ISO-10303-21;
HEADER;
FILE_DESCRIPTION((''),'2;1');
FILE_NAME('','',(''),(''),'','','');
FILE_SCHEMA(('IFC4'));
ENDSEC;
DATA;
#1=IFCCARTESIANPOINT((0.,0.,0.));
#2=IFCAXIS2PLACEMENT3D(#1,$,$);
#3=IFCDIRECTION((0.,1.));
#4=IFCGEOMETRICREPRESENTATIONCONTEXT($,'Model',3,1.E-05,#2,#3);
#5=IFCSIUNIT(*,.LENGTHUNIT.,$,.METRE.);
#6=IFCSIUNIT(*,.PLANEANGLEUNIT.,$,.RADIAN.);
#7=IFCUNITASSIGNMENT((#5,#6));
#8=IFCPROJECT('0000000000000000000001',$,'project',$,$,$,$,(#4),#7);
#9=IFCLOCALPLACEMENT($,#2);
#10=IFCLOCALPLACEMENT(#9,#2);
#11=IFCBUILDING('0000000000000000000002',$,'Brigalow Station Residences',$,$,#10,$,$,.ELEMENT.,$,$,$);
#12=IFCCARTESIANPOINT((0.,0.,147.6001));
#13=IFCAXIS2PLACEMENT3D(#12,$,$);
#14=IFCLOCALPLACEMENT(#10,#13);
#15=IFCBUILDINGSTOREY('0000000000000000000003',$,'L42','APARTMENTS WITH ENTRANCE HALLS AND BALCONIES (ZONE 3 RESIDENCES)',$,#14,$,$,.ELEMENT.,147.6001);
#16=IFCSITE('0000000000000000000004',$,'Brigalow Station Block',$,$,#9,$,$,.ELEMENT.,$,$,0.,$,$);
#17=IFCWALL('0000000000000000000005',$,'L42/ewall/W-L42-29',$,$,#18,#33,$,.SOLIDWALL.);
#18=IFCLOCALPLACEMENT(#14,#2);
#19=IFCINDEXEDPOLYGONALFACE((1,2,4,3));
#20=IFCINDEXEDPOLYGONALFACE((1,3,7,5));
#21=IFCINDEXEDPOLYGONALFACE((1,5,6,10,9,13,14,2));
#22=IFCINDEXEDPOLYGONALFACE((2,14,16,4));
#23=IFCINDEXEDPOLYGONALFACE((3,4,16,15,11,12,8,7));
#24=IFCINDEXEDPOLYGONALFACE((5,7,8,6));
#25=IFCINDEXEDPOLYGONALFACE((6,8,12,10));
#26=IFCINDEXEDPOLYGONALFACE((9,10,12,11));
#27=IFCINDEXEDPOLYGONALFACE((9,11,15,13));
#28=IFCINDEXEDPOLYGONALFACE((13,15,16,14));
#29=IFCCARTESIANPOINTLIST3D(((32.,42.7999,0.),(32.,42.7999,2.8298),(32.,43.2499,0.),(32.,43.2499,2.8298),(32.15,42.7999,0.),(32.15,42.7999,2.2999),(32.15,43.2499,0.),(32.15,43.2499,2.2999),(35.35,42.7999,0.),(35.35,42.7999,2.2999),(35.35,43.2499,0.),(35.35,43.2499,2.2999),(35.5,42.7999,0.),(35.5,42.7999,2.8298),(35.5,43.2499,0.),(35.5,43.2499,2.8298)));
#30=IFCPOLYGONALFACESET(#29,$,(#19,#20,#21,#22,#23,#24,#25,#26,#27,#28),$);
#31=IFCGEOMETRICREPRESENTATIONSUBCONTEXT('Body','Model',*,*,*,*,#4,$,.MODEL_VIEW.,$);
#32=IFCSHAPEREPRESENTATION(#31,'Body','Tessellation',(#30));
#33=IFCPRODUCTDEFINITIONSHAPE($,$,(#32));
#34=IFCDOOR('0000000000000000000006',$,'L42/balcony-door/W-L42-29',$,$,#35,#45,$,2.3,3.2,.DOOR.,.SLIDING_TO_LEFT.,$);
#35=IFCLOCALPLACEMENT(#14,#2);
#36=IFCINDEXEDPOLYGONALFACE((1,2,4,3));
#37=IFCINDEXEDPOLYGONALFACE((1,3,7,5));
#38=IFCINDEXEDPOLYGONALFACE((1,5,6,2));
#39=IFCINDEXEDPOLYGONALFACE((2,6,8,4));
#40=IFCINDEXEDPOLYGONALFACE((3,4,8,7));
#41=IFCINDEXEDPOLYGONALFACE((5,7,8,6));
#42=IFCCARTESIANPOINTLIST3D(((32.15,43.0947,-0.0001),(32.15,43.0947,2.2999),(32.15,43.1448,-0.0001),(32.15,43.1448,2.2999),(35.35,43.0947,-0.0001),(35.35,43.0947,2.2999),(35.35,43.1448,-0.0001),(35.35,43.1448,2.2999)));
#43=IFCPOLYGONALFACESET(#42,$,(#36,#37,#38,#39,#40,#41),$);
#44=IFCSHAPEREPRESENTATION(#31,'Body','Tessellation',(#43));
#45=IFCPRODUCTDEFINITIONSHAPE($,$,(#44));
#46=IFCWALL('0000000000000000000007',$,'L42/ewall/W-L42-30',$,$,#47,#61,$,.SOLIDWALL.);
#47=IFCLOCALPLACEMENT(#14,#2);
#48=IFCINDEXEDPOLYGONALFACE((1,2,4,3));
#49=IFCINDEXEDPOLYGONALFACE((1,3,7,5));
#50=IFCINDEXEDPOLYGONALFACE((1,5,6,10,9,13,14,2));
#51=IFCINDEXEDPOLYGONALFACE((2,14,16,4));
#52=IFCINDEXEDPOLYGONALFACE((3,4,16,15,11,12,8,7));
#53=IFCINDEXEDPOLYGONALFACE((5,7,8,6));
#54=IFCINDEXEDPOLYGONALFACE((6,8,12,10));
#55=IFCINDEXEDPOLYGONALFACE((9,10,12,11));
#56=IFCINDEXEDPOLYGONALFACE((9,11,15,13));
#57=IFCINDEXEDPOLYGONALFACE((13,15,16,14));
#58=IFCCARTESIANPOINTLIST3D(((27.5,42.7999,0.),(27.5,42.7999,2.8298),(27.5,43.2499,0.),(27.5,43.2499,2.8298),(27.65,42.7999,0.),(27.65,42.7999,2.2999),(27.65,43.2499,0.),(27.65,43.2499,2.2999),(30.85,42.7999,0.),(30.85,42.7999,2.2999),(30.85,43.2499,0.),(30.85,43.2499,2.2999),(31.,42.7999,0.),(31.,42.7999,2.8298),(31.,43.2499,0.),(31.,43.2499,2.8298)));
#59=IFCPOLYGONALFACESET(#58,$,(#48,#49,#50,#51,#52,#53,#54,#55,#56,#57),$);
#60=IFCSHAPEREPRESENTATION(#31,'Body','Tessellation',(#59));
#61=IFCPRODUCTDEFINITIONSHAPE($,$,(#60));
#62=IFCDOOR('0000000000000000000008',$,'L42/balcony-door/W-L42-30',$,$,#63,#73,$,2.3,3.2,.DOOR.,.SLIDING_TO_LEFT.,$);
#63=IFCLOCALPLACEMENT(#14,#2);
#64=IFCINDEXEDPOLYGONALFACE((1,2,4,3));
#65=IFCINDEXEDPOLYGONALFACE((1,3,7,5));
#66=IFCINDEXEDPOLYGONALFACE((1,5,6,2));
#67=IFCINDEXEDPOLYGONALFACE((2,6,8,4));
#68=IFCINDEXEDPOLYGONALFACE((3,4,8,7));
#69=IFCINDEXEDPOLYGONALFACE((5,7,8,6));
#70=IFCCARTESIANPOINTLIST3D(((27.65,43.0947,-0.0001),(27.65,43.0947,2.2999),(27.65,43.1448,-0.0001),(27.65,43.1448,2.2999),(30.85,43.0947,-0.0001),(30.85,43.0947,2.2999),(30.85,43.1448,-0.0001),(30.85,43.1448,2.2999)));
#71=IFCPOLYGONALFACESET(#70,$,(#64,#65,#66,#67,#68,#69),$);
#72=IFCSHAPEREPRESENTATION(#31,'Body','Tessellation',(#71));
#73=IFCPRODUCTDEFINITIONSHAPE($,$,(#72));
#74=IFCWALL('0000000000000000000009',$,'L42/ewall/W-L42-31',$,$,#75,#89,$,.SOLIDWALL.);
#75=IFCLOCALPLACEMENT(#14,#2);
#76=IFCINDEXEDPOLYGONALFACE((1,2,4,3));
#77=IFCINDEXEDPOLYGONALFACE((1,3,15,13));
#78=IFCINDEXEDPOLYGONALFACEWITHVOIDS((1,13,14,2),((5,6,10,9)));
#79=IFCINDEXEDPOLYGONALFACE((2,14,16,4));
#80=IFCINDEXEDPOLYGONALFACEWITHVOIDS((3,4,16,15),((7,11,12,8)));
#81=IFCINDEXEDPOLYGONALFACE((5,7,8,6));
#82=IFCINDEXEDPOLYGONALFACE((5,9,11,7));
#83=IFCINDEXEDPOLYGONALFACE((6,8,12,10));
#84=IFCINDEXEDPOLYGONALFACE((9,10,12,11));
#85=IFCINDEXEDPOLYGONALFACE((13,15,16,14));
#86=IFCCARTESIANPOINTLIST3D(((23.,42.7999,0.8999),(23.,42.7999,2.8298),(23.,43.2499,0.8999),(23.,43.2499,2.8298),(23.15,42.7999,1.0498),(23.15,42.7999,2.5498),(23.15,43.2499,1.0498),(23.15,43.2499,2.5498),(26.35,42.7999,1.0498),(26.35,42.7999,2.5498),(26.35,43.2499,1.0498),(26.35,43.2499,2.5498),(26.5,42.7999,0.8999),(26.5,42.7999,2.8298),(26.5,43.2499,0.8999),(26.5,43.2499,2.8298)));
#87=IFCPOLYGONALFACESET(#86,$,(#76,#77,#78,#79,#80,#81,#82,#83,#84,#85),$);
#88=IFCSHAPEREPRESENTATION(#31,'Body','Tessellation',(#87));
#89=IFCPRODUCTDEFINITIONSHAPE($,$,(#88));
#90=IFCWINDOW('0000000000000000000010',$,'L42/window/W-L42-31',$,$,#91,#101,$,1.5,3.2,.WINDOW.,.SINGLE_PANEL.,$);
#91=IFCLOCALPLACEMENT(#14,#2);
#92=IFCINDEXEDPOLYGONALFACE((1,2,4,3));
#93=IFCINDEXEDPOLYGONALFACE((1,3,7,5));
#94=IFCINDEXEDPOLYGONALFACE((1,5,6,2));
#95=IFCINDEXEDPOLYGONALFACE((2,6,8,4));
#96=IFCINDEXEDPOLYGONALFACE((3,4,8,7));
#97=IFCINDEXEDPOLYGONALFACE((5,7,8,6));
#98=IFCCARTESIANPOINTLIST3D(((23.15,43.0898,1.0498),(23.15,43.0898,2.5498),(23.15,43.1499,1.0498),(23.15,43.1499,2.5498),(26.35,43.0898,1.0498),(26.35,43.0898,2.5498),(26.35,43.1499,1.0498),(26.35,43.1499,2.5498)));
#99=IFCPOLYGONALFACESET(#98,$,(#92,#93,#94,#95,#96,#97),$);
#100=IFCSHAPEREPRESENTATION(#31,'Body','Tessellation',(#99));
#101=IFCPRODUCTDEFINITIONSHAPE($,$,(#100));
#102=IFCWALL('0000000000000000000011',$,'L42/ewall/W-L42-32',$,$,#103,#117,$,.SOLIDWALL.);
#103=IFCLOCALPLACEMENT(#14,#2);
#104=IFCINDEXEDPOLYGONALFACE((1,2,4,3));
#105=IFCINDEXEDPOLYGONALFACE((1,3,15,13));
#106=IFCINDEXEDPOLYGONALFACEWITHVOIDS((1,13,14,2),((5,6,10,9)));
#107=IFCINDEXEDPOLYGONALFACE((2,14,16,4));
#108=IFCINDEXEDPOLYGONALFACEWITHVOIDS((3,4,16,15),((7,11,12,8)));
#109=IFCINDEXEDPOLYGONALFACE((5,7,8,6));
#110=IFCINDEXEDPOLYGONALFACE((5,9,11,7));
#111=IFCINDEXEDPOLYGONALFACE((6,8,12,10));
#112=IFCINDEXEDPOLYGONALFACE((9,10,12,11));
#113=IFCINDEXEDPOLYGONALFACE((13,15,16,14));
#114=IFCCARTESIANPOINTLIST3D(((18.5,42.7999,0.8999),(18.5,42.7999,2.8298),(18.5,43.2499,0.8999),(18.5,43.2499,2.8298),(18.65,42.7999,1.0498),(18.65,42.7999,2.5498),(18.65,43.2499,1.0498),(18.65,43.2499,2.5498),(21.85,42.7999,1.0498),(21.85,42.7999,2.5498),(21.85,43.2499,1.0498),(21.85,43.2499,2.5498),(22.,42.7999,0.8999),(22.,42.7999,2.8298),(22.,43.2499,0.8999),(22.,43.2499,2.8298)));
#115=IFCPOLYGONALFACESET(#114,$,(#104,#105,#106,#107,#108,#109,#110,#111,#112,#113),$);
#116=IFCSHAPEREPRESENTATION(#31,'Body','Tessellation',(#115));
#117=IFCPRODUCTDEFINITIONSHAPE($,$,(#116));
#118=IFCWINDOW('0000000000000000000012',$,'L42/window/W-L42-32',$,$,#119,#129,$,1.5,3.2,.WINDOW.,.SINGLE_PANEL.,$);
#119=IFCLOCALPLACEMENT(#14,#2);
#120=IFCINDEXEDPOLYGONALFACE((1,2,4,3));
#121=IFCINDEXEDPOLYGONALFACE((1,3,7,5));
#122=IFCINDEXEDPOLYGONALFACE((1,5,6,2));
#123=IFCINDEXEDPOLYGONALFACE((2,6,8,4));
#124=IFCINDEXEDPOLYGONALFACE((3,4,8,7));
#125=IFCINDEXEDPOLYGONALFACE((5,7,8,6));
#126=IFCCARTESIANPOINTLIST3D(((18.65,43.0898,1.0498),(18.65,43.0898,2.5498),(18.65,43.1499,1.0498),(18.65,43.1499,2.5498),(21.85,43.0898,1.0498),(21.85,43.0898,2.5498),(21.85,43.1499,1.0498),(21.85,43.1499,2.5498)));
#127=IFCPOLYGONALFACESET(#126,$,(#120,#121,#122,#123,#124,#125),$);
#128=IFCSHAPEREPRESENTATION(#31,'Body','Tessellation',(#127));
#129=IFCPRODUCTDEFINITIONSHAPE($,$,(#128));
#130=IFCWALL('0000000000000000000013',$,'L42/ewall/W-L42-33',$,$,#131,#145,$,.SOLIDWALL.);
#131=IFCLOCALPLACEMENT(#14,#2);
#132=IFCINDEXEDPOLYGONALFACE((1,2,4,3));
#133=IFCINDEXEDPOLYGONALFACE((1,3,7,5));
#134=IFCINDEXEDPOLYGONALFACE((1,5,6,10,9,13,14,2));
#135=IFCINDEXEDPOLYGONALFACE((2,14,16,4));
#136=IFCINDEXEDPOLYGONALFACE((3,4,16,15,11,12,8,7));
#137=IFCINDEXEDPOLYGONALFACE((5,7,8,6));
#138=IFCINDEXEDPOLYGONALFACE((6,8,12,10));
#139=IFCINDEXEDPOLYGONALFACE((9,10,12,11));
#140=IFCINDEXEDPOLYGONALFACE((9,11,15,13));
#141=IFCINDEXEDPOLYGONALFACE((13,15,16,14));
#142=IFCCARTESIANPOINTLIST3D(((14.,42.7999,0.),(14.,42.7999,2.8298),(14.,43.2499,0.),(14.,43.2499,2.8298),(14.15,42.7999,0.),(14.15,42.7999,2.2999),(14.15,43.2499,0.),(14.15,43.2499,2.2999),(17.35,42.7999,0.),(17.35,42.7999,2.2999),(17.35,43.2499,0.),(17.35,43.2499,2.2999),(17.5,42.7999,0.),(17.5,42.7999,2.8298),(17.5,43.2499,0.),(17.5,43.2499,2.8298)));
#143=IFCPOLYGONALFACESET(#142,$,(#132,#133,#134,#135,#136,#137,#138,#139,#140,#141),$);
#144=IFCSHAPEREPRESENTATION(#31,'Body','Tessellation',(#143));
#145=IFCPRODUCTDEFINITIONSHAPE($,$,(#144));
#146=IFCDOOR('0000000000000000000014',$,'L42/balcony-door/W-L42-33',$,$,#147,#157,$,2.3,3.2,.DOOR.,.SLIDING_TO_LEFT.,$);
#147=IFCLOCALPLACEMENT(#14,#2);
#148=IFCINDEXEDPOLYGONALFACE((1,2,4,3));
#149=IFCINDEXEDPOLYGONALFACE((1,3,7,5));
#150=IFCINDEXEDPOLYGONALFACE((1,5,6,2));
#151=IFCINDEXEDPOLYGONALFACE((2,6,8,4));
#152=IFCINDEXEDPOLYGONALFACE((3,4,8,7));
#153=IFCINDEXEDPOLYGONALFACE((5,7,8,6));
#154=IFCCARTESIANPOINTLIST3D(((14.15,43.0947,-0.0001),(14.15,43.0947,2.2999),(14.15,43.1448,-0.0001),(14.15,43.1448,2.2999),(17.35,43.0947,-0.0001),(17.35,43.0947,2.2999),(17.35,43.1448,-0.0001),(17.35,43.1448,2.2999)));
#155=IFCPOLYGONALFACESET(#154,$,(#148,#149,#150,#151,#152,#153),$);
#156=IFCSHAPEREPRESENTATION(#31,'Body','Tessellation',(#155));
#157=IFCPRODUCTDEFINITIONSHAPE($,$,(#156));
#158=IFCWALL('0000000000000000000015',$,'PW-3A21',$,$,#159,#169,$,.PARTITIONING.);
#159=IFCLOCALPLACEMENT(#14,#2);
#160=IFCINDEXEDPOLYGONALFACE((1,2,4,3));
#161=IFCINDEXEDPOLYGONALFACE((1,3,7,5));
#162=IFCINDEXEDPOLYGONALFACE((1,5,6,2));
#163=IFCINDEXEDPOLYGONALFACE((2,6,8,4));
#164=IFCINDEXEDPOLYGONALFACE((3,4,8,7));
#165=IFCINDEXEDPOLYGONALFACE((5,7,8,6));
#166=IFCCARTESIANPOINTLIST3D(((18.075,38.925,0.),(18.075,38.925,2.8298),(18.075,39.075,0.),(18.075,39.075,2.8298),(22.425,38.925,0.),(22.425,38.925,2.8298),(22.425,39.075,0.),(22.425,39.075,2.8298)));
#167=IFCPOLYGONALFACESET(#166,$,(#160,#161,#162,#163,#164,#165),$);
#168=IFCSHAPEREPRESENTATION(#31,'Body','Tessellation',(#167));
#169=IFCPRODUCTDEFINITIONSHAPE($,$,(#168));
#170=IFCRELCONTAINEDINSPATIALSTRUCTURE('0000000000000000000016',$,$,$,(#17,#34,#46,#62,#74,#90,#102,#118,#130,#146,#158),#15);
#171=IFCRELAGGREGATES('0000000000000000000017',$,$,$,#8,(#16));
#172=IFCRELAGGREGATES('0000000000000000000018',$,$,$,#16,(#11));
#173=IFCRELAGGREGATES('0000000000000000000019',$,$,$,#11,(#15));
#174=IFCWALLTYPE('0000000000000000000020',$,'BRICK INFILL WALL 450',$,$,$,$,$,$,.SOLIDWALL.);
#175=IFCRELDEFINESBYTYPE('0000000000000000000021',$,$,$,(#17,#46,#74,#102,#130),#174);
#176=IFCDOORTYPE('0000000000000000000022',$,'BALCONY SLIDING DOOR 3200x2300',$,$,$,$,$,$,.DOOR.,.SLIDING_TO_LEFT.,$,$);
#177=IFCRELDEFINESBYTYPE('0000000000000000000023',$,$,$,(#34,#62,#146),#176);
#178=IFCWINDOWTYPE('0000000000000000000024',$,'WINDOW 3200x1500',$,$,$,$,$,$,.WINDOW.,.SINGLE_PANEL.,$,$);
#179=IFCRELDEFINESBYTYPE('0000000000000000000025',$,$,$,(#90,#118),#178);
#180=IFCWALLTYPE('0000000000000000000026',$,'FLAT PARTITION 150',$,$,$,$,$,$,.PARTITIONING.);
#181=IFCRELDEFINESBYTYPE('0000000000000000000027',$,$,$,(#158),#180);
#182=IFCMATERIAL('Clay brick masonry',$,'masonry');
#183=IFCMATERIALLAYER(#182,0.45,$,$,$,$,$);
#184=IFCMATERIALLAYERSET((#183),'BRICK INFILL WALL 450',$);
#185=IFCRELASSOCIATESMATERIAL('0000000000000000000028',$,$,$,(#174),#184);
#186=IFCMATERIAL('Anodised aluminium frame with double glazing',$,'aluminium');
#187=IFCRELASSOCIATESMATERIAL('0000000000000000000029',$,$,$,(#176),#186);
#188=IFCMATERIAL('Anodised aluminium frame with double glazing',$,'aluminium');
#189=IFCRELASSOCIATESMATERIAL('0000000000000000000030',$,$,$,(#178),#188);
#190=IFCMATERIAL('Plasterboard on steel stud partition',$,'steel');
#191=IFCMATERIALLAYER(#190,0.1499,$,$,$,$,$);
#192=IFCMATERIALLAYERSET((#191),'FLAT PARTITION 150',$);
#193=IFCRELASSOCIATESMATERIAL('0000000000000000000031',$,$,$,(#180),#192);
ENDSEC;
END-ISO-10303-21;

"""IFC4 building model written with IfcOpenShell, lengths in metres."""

from ifc_helpers import new_model, si_unit, direction, frame, frame_2d, origin, place, context, subcontext, project, spatial, rectangle, extrude, material, layer, layer_set, type_object, element, fill, save


model = new_model("IFC4")

# Units and contexts
model_context = context("Model", 3, precision=1e-05, world=origin(), true_north=direction((0.0, 1.0)))
body_context = subcontext(model_context, "Body", "Model", "MODEL_VIEW")
ifc_project = project(units=[si_unit("LENGTHUNIT", "METRE"), si_unit("PLANEANGLEUNIT", "RADIAN")], contexts=[model_context])

# Site, building, storey
site_placement = place(None, origin())
site = spatial("IfcSite", under=ifc_project, at=site_placement, Name="Brigalow Station Block", CompositionType="ELEMENT", RefElevation=0.0)
building_placement = place(site_placement, origin())
building = spatial("IfcBuilding", under=site, at=building_placement, Name="Brigalow Station Residences", CompositionType="ELEMENT")
storey_placement = place(building_placement, frame((0.0, 0.0, 147.6001)))
storey = spatial("IfcBuildingStorey", under=building, at=storey_placement, Name="L42", Description="APARTMENTS WITH ENTRANCE HALLS AND BALCONIES (ZONE 3 RESIDENCES)", CompositionType="ELEMENT", Elevation=147.6001)

# Walls, openings, doors
ifc_material_1 = material(Name="Clay brick masonry", Category="masonry")
ifc_layer_1 = layer(ifc_material_1, 0.45)
ifc_layer_set_1 = layer_set([ifc_layer_1], Name="BRICK INFILL WALL 450")
wall_type_1 = type_object("IfcWallType", Name="BRICK INFILL WALL 450", PredefinedType="SOLIDWALL", material=ifc_layer_set_1)
wall_1_placement = place(storey_placement, frame((35.5, 43.0249, 0.0), z_axis=(0.0, 0.0, 1.0), x_axis=(-1.0, 0.0, 0.0)))
wall_1 = element("IfcWall", 1, at=wall_1_placement, inside=storey, type_object=wall_type_1, Name="L42/ewall/W-L42-29", PredefinedType="SOLIDWALL", context=body_context, shape_type="SweptSolid", body=[
    extrude(rectangle(XDim=3.5, YDim=0.45, at=frame_2d((1.75, 0.0))), origin(), (0.0, 0.0, 1.0), 2.8298),
])
opening_1_placement = place(wall_1_placement, frame((0.1499, 0.0, 0.0)))
opening_1 = element("IfcOpeningElement", 2, at=opening_1_placement, cuts=wall_1, PredefinedType="OPENING", context=body_context, shape_type="SweptSolid", body=[
    extrude(rectangle(XDim=3.2, YDim=2.3, at=frame_2d((1.6001, 1.1499))), frame((0.0, 0.2349, 0.0), z_axis=(0.0, -1.0, 0.0), x_axis=(1.0, 0.0, 0.0)), (0.0, 0.0, 1.0), 0.47),
])
ifc_material_2 = material(Name="Anodised aluminium frame with double glazing", Category="aluminium")
door_type = type_object("IfcDoorType", Name="BALCONY SLIDING DOOR 3200x2300", OperationType="SLIDING_TO_LEFT", PredefinedType="DOOR", material=ifc_material_2)
door_1_placement = place(opening_1_placement, origin())
door_1 = element("IfcDoor", 3, at=door_1_placement, inside=storey, type_object=door_type, Name="L42/balcony-door/W-L42-29", OperationType="SLIDING_TO_LEFT", OverallHeight=2.3, OverallWidth=3.2, PredefinedType="DOOR", context=body_context, shape_type="SweptSolid", body=[
    extrude(rectangle(XDim=3.2, YDim=2.3, at=frame_2d((1.6001, 1.1499))), frame((0.0, -0.0698, 0.0), z_axis=(0.0, -1.0, 0.0), x_axis=(1.0, 0.0, 0.0)), (0.0, 0.0, 1.0), 0.05),
])
fill(opening_1, door_1)
wall_2_placement = place(storey_placement, frame((31.0, 43.0249, 0.0), z_axis=(0.0, 0.0, 1.0), x_axis=(-1.0, 0.0, 0.0)))
wall_2 = element("IfcWall", 4, at=wall_2_placement, inside=storey, type_object=wall_type_1, Name="L42/ewall/W-L42-30", PredefinedType="SOLIDWALL", context=body_context, shape_type="SweptSolid", body=[
    extrude(rectangle(XDim=3.5, YDim=0.45, at=frame_2d((1.75, 0.0))), origin(), (0.0, 0.0, 1.0), 2.8298),
])
opening_2_placement = place(wall_2_placement, frame((0.1499, 0.0, 0.0)))
opening_2 = element("IfcOpeningElement", 5, at=opening_2_placement, cuts=wall_2, PredefinedType="OPENING", context=body_context, shape_type="SweptSolid", body=[
    extrude(rectangle(XDim=3.2, YDim=2.3, at=frame_2d((1.6001, 1.1499))), frame((0.0, 0.2349, 0.0), z_axis=(0.0, -1.0, 0.0), x_axis=(1.0, 0.0, 0.0)), (0.0, 0.0, 1.0), 0.47),
])
door_2_placement = place(opening_2_placement, origin())
door_2 = element("IfcDoor", 6, at=door_2_placement, inside=storey, type_object=door_type, Name="L42/balcony-door/W-L42-30", OperationType="SLIDING_TO_LEFT", OverallHeight=2.3, OverallWidth=3.2, PredefinedType="DOOR", context=body_context, shape_type="SweptSolid", body=[
    extrude(rectangle(XDim=3.2, YDim=2.3, at=frame_2d((1.6001, 1.1499))), frame((0.0, -0.0698, 0.0), z_axis=(0.0, -1.0, 0.0), x_axis=(1.0, 0.0, 0.0)), (0.0, 0.0, 1.0), 0.05),
])
fill(opening_2, door_2)

# Walls, openings, windows
wall_3_placement = place(storey_placement, frame((26.5, 43.0249, 0.8999), z_axis=(0.0, 0.0, 1.0), x_axis=(-1.0, 0.0, 0.0)))
wall_3 = element("IfcWall", 7, at=wall_3_placement, inside=storey, type_object=wall_type_1, Name="L42/ewall/W-L42-31", PredefinedType="SOLIDWALL", context=body_context, shape_type="SweptSolid", body=[
    extrude(rectangle(XDim=3.5, YDim=0.45, at=frame_2d((1.75, 0.0))), origin(), (0.0, 0.0, 1.0), 1.9299),
])
opening_3_placement = place(wall_3_placement, frame((0.1499, 0.0, 0.1499)))
opening_3 = element("IfcOpeningElement", 8, at=opening_3_placement, cuts=wall_3, PredefinedType="OPENING", context=body_context, shape_type="SweptSolid", body=[
    extrude(rectangle(XDim=3.2, YDim=1.5, at=frame_2d((1.6001, 0.75))), frame((0.0, 0.2349, 0.0), z_axis=(0.0, -1.0, 0.0), x_axis=(1.0, 0.0, 0.0)), (0.0, 0.0, 1.0), 0.47),
])
ifc_material_3 = material(Name="Anodised aluminium frame with double glazing", Category="aluminium")
window_type = type_object("IfcWindowType", Name="WINDOW 3200x1500", PartitioningType="SINGLE_PANEL", PredefinedType="WINDOW", material=ifc_material_3)
window_1_placement = place(opening_3_placement, origin())
window_1 = element("IfcWindow", 9, at=window_1_placement, inside=storey, type_object=window_type, Name="L42/window/W-L42-31", OverallHeight=1.5, OverallWidth=3.2, PartitioningType="SINGLE_PANEL", PredefinedType="WINDOW", context=body_context, shape_type="SweptSolid", body=[
    extrude(rectangle(XDim=3.2, YDim=1.5, at=frame_2d((1.6001, 0.75))), frame((0.0, -0.0649, 0.0), z_axis=(0.0, -1.0, 0.0), x_axis=(1.0, 0.0, 0.0)), (0.0, 0.0, 1.0), 0.0601),
])
fill(opening_3, window_1)
wall_4_placement = place(storey_placement, frame((22.0, 43.0249, 0.8999), z_axis=(0.0, 0.0, 1.0), x_axis=(-1.0, 0.0, 0.0)))
wall_4 = element("IfcWall", 10, at=wall_4_placement, inside=storey, type_object=wall_type_1, Name="L42/ewall/W-L42-32", PredefinedType="SOLIDWALL", context=body_context, shape_type="SweptSolid", body=[
    extrude(rectangle(XDim=3.5, YDim=0.45, at=frame_2d((1.75, 0.0))), origin(), (0.0, 0.0, 1.0), 1.9299),
])
opening_4_placement = place(wall_4_placement, frame((0.1499, 0.0, 0.1499)))
opening_4 = element("IfcOpeningElement", 11, at=opening_4_placement, cuts=wall_4, PredefinedType="OPENING", context=body_context, shape_type="SweptSolid", body=[
    extrude(rectangle(XDim=3.2, YDim=1.5, at=frame_2d((1.6001, 0.75))), frame((0.0, 0.2349, 0.0), z_axis=(0.0, -1.0, 0.0), x_axis=(1.0, 0.0, 0.0)), (0.0, 0.0, 1.0), 0.47),
])
window_2_placement = place(opening_4_placement, origin())
window_2 = element("IfcWindow", 12, at=window_2_placement, inside=storey, type_object=window_type, Name="L42/window/W-L42-32", OverallHeight=1.5, OverallWidth=3.2, PartitioningType="SINGLE_PANEL", PredefinedType="WINDOW", context=body_context, shape_type="SweptSolid", body=[
    extrude(rectangle(XDim=3.2, YDim=1.5, at=frame_2d((1.6001, 0.75))), frame((0.0, -0.0649, 0.0), z_axis=(0.0, -1.0, 0.0), x_axis=(1.0, 0.0, 0.0)), (0.0, 0.0, 1.0), 0.0601),
])
fill(opening_4, window_2)

# Wall, opening, door
wall_5_placement = place(storey_placement, frame((17.5, 43.0249, 0.0), z_axis=(0.0, 0.0, 1.0), x_axis=(-1.0, 0.0, 0.0)))
wall_5 = element("IfcWall", 13, at=wall_5_placement, inside=storey, type_object=wall_type_1, Name="L42/ewall/W-L42-33", PredefinedType="SOLIDWALL", context=body_context, shape_type="SweptSolid", body=[
    extrude(rectangle(XDim=3.5, YDim=0.45, at=frame_2d((1.75, 0.0))), origin(), (0.0, 0.0, 1.0), 2.8298),
])
opening_5_placement = place(wall_5_placement, frame((0.1499, 0.0, 0.0)))
opening_5 = element("IfcOpeningElement", 14, at=opening_5_placement, cuts=wall_5, PredefinedType="OPENING", context=body_context, shape_type="SweptSolid", body=[
    extrude(rectangle(XDim=3.2, YDim=2.3, at=frame_2d((1.6001, 1.1499))), frame((0.0, 0.2349, 0.0), z_axis=(0.0, -1.0, 0.0), x_axis=(1.0, 0.0, 0.0)), (0.0, 0.0, 1.0), 0.47),
])
door_3_placement = place(opening_5_placement, origin())
door_3 = element("IfcDoor", 15, at=door_3_placement, inside=storey, type_object=door_type, Name="L42/balcony-door/W-L42-33", OperationType="SLIDING_TO_LEFT", OverallHeight=2.3, OverallWidth=3.2, PredefinedType="DOOR", context=body_context, shape_type="SweptSolid", body=[
    extrude(rectangle(XDim=3.2, YDim=2.3, at=frame_2d((1.6001, 1.1499))), frame((0.0, -0.0698, 0.0), z_axis=(0.0, -1.0, 0.0), x_axis=(1.0, 0.0, 0.0)), (0.0, 0.0, 1.0), 0.05),
])
fill(opening_5, door_3)

# Wall
ifc_material_4 = material(Name="Plasterboard on steel stud partition", Category="steel")
ifc_layer_2 = layer(ifc_material_4, 0.1499)
ifc_layer_set_2 = layer_set([ifc_layer_2], Name="FLAT PARTITION 150")
wall_type_2 = type_object("IfcWallType", Name="FLAT PARTITION 150", PredefinedType="PARTITIONING", material=ifc_layer_set_2)
wall_6_placement = place(storey_placement, frame((18.075, 39.0, 0.0), z_axis=(0.0, 0.0, 1.0), x_axis=(1.0, 0.0, 0.0)))
element("IfcWall", 16, at=wall_6_placement, inside=storey, type_object=wall_type_2, Name="PW-3A21", PredefinedType="PARTITIONING", context=body_context, shape_type="SweptSolid", body=[
    extrude(rectangle(XDim=4.3501, YDim=0.1499, at=frame_2d((2.175, 0.0))), origin(), (0.0, 0.0, 1.0), 2.8298),
])

save(model, "model.ifc")
